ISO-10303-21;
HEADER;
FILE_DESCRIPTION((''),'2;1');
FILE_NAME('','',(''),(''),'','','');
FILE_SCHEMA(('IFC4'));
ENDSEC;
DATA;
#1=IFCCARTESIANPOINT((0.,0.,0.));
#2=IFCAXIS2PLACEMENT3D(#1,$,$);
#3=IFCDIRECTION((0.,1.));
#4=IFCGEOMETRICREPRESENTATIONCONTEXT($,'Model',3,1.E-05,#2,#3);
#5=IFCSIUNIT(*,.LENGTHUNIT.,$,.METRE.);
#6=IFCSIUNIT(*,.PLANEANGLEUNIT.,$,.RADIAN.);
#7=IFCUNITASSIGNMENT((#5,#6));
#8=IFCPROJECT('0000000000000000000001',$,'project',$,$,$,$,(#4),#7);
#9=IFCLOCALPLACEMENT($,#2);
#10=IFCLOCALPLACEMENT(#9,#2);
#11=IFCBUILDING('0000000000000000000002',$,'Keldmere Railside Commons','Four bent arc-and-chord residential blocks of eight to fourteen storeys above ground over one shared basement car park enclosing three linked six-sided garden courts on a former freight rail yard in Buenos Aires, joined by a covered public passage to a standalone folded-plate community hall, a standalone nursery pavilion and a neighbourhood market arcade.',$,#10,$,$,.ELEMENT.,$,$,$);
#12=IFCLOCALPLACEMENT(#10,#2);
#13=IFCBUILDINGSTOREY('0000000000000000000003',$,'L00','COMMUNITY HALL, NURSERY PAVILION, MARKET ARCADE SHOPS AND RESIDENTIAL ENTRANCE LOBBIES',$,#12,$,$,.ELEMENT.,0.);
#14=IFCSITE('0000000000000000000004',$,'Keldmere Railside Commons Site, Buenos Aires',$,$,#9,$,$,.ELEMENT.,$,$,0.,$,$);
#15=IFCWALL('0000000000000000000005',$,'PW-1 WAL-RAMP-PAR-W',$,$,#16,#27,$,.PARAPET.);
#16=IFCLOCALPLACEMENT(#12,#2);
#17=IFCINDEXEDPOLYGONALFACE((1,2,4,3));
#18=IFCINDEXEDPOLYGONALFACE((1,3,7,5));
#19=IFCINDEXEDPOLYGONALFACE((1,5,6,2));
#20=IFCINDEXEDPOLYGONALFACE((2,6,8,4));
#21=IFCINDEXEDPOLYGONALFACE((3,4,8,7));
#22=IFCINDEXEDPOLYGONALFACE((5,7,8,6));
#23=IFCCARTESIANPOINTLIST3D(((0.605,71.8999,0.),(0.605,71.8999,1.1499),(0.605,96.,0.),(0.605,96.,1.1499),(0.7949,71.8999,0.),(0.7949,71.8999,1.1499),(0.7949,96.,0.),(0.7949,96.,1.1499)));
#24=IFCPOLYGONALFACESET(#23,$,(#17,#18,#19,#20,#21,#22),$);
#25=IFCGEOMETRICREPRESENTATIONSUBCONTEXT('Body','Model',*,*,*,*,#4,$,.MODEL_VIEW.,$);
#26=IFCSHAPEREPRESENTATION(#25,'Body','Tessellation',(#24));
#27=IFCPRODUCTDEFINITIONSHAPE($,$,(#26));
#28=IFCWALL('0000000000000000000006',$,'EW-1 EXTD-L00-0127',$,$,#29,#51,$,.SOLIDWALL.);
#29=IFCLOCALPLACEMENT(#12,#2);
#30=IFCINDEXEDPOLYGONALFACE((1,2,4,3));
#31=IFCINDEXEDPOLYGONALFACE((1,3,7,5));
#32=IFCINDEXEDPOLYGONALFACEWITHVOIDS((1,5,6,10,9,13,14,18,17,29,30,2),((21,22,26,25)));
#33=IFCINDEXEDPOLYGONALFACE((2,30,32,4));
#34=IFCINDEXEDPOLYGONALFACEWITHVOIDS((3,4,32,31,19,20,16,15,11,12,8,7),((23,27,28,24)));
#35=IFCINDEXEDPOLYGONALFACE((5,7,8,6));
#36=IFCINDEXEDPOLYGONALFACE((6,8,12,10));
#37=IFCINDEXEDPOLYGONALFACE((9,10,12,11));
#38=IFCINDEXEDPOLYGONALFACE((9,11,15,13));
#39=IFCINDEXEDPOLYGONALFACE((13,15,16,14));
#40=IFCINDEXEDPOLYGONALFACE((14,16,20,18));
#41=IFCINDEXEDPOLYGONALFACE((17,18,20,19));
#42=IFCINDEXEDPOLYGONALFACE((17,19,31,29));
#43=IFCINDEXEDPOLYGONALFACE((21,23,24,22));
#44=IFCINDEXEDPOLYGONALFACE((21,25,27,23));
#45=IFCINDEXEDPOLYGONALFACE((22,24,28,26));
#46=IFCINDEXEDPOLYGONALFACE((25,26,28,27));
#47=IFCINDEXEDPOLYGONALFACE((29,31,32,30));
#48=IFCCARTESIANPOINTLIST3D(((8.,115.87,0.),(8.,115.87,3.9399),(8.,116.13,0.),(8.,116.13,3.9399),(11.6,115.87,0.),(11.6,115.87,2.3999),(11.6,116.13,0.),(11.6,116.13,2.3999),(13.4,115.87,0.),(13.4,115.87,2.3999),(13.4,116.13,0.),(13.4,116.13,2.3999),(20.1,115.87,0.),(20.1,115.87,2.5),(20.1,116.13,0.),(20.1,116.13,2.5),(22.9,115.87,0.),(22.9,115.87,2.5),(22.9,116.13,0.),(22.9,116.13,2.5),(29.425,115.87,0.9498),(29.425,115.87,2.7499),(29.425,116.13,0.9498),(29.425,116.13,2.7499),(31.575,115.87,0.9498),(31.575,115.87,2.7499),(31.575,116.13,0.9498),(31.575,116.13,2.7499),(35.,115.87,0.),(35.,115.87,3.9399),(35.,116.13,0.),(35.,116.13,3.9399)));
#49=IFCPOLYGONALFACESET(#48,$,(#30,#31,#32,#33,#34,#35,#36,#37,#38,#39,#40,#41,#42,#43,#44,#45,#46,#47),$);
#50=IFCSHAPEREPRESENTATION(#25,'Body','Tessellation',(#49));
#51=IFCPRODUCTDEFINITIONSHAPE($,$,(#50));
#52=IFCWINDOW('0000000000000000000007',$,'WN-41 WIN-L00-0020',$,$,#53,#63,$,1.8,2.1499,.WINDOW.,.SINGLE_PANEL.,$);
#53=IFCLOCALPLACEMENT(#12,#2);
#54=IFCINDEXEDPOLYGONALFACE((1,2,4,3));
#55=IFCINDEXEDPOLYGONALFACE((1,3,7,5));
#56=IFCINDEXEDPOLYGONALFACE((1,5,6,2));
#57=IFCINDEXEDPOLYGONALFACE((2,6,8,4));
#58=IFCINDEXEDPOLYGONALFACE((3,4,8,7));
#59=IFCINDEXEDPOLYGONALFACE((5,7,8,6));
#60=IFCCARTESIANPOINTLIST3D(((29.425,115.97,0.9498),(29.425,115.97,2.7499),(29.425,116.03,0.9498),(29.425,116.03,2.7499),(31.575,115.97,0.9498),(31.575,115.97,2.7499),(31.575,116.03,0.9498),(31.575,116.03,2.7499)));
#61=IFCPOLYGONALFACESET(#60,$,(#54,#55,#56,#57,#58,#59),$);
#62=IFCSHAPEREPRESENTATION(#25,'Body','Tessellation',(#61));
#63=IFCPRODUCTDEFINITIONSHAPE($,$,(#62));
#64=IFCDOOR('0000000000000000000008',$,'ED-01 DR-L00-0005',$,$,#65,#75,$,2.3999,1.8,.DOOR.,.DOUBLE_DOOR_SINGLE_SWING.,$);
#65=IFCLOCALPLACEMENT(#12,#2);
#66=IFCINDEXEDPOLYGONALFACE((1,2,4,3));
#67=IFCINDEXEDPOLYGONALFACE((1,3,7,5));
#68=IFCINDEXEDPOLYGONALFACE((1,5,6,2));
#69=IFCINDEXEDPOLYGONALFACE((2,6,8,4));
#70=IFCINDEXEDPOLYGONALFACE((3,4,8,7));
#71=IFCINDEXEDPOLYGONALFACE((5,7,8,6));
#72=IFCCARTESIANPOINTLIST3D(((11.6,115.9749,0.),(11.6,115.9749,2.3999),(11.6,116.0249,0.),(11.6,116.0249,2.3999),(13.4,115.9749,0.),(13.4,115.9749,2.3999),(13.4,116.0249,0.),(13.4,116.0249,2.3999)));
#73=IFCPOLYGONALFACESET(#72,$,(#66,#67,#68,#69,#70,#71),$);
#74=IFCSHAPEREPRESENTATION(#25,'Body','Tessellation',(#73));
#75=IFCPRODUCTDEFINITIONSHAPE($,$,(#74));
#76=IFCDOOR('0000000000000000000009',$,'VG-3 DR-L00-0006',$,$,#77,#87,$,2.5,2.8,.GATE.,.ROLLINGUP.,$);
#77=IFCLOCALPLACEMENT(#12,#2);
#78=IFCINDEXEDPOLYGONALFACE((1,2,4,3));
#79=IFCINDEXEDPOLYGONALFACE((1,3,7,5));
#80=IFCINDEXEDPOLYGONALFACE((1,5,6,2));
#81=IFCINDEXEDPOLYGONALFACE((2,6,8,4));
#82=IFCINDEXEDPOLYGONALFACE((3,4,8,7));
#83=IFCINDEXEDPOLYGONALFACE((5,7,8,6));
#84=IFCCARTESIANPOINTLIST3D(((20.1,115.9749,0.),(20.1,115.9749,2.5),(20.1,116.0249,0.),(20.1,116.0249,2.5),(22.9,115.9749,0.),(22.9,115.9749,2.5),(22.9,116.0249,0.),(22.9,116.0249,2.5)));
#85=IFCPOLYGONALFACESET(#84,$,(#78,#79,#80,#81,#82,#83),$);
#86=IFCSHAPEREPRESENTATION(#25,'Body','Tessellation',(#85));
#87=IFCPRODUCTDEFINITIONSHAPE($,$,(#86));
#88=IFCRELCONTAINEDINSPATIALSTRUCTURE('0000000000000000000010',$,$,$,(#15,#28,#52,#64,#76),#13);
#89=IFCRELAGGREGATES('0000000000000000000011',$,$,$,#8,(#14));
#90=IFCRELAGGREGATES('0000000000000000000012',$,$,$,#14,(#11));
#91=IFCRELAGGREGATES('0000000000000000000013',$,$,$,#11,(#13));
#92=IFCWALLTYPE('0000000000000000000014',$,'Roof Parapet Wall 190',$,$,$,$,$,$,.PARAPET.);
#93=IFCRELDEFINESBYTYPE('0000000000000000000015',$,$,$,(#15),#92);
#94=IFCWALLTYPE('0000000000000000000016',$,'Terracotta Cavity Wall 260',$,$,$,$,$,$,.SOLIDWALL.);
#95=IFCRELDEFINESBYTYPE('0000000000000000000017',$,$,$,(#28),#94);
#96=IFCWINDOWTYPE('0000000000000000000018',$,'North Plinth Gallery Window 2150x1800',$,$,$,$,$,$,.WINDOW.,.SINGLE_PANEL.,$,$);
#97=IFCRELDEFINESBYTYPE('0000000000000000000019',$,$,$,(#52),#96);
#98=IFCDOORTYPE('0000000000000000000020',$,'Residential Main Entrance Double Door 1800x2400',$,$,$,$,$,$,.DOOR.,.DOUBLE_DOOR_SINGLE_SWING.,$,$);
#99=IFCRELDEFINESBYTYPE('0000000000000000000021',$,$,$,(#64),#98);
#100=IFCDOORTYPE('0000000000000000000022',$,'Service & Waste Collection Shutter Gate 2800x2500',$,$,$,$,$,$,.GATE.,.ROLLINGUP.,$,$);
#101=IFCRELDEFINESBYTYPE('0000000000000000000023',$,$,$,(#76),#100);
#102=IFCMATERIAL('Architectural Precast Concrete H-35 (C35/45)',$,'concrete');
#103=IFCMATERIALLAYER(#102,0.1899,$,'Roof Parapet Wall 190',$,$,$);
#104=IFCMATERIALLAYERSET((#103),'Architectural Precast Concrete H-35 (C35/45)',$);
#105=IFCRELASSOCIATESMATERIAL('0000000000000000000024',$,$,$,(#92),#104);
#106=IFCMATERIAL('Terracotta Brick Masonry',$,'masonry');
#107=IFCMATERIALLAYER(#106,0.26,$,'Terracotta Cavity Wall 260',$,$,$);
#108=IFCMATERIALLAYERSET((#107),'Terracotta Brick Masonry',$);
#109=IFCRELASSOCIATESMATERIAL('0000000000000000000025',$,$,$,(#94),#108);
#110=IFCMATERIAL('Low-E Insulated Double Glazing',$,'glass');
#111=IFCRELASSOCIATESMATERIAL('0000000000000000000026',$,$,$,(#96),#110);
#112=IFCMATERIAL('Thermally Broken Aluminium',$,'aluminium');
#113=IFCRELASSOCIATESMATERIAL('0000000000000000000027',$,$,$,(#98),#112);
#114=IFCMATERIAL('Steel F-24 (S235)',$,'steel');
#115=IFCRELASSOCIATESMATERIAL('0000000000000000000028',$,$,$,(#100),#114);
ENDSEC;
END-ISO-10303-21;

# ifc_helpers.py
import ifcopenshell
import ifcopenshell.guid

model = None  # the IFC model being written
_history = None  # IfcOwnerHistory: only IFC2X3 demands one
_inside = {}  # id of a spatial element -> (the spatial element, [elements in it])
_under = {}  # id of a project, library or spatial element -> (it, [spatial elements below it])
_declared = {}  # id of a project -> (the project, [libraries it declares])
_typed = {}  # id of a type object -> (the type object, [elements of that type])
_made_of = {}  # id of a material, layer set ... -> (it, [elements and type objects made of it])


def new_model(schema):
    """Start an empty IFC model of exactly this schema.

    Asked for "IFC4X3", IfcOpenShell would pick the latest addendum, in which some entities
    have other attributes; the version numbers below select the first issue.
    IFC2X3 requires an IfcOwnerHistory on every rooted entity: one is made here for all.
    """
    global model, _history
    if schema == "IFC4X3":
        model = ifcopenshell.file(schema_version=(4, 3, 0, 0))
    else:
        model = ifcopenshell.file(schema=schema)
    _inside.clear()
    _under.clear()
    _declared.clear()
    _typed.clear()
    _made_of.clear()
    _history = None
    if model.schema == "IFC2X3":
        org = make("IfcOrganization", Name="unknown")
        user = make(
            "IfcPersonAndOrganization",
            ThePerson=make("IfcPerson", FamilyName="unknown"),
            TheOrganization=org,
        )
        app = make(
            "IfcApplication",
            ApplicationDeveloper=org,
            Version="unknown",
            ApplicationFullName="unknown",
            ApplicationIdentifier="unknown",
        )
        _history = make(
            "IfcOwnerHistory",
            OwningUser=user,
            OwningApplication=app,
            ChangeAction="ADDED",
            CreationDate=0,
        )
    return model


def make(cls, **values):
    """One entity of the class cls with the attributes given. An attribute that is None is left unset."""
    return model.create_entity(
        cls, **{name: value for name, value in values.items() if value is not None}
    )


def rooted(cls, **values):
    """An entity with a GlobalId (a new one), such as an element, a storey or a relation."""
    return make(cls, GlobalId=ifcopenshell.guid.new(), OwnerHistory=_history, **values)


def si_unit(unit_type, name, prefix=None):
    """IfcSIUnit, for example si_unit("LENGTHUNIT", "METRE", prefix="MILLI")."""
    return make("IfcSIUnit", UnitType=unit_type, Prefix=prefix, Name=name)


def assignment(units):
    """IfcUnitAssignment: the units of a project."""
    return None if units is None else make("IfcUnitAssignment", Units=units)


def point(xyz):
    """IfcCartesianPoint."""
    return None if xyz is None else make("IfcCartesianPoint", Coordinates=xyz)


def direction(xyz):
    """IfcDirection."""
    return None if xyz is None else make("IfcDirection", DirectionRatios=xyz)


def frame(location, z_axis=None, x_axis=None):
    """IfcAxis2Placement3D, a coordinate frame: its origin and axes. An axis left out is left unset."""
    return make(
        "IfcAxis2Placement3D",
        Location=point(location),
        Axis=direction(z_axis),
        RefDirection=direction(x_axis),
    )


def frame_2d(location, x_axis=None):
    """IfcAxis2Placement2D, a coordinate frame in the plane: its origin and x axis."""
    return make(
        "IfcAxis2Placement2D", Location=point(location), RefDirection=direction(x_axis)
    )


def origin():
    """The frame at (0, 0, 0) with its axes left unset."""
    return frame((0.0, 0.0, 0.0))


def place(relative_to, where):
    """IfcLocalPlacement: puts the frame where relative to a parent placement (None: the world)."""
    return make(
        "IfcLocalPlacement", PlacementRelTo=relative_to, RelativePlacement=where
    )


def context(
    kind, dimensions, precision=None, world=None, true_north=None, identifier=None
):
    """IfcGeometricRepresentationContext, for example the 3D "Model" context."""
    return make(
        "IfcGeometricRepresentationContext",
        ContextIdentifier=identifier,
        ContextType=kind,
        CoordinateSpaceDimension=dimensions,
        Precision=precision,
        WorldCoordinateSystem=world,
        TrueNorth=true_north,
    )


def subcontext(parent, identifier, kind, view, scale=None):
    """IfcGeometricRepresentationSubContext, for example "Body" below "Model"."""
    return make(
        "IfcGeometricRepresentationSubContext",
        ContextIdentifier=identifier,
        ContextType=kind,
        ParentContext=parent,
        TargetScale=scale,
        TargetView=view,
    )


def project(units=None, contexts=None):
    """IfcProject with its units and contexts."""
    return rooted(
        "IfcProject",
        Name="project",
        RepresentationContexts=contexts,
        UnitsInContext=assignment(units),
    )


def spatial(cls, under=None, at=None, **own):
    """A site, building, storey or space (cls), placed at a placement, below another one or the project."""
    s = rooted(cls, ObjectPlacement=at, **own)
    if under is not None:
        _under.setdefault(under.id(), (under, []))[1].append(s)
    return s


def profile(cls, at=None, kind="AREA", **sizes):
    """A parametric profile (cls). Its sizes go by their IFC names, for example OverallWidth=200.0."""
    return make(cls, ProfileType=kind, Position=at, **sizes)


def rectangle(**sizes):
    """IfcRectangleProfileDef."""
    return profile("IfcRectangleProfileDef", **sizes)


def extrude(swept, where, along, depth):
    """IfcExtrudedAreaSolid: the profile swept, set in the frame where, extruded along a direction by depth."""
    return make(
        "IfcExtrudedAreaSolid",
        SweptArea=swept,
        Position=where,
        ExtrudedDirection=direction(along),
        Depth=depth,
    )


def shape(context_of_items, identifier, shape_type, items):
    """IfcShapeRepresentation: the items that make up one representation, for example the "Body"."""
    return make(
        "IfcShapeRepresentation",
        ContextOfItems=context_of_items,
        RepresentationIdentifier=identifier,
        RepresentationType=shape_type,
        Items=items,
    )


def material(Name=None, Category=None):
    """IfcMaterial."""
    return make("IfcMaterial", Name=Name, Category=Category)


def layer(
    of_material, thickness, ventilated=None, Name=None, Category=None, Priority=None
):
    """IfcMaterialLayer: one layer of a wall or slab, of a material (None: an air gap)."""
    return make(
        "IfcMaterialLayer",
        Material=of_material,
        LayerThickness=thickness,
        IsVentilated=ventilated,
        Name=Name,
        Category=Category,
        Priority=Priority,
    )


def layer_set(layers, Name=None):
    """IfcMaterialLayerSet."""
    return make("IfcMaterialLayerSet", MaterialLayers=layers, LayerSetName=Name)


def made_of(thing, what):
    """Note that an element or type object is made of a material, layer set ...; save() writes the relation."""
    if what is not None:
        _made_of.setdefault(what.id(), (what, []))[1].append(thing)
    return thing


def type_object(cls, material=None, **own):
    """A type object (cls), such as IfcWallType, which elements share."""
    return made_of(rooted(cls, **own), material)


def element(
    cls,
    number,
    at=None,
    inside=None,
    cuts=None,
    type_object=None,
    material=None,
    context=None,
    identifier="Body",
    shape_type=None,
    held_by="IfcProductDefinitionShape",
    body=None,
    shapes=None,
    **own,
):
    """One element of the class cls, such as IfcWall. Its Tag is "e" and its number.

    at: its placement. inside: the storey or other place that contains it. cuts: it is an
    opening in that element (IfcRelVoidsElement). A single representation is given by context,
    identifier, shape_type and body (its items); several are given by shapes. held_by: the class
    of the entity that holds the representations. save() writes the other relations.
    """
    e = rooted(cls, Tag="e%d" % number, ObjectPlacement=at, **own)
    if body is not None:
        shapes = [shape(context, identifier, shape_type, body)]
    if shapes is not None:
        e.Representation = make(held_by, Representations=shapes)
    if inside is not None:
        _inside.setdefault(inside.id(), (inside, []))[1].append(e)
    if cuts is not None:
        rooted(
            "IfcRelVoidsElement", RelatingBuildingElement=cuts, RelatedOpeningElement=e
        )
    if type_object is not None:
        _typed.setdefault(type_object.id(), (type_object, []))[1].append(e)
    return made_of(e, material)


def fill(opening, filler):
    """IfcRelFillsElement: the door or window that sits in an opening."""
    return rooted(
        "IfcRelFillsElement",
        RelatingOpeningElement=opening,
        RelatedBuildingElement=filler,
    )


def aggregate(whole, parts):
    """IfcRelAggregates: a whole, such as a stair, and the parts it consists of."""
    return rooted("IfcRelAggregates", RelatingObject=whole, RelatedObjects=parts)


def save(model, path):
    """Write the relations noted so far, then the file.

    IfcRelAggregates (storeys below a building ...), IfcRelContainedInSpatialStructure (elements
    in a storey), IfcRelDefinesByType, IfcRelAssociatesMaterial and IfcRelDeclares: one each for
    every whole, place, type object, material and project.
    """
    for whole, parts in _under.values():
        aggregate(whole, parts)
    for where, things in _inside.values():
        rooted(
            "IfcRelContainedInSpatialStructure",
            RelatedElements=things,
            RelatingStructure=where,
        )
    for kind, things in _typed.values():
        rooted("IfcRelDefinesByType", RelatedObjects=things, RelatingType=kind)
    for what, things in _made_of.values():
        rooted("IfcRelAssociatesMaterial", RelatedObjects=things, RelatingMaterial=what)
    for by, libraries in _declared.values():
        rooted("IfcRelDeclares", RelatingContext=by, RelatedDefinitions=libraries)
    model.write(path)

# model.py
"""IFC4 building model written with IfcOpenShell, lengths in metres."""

from ifc_helpers import new_model, si_unit, direction, frame, frame_2d, origin, place, context, subcontext, project, spatial, rectangle, extrude, material, layer, layer_set, type_object, element, fill, save


model = new_model("IFC4")

# Units and contexts
model_context = context("Model", 3, precision=1e-05, world=origin(), true_north=direction((0.0, 1.0)))
body_context = subcontext(model_context, "Body", "Model", "MODEL_VIEW")
ifc_project = project(units=[si_unit("LENGTHUNIT", "METRE"), si_unit("PLANEANGLEUNIT", "RADIAN")], contexts=[model_context])

# Site, building, storey
site_placement = place(None, origin())
site = spatial("IfcSite", under=ifc_project, at=site_placement, Name="Keldmere Railside Commons Site, Buenos Aires", CompositionType="ELEMENT", RefElevation=0.0)
building_placement = place(site_placement, origin())
building = spatial("IfcBuilding", under=site, at=building_placement, Name="Keldmere Railside Commons", Description="Four bent arc-and-chord residential blocks of eight to fourteen storeys above ground over one shared basement car park enclosing three linked six-sided garden courts on a former freight rail yard in Buenos Aires, joined by a covered public passage to a standalone folded-plate community hall, a standalone nursery pavilion and a neighbourhood market arcade.", CompositionType="ELEMENT")
storey_placement = place(building_placement, origin())
storey = spatial("IfcBuildingStorey", under=building, at=storey_placement, Name="L00", Description="COMMUNITY HALL, NURSERY PAVILION, MARKET ARCADE SHOPS AND RESIDENTIAL ENTRANCE LOBBIES", CompositionType="ELEMENT", Elevation=0.0)

# Shared definitions
ifc_material_1 = material(Name="Steel F-24 (S235)", Category="steel")

# Wall
ifc_material_2 = material(Name="Architectural Precast Concrete H-35 (C35/45)", Category="concrete")
ifc_layer_1 = layer(ifc_material_2, 0.1899, Name="Roof Parapet Wall 190")
ifc_layer_set_1 = layer_set([ifc_layer_1], Name="Architectural Precast Concrete H-35 (C35/45)")
wall_type_1 = type_object("IfcWallType", Name="Roof Parapet Wall 190", PredefinedType="PARAPET", material=ifc_layer_set_1)
wall_1_placement = place(storey_placement, frame((0.7, 96.0, 0.0), z_axis=(0.0, 0.0, 1.0), x_axis=(0.0, -1.0, 0.0)))
element("IfcWall", 1, at=wall_1_placement, inside=storey, type_object=wall_type_1, Name="PW-1 WAL-RAMP-PAR-W", PredefinedType="PARAPET", context=body_context, shape_type="SweptSolid", body=[
    extrude(rectangle(XDim=24.1001, YDim=0.1899, at=frame_2d((12.05, 0.0))), origin(), (0.0, 0.0, 1.0), 1.1499),
])

# Wall, openings, window, doors
ifc_material_3 = material(Name="Terracotta Brick Masonry", Category="masonry")
ifc_layer_2 = layer(ifc_material_3, 0.26, Name="Terracotta Cavity Wall 260")
ifc_layer_set_2 = layer_set([ifc_layer_2], Name="Terracotta Brick Masonry")
wall_type_2 = type_object("IfcWallType", Name="Terracotta Cavity Wall 260", PredefinedType="SOLIDWALL", material=ifc_layer_set_2)
wall_2_placement = place(storey_placement, frame((8.0, 116.0, 0.0), z_axis=(0.0, 0.0, 1.0), x_axis=(1.0, 0.0, 0.0)))
wall_2 = element("IfcWall", 2, at=wall_2_placement, inside=storey, type_object=wall_type_2, Name="EW-1 EXTD-L00-0127", PredefinedType="SOLIDWALL", context=body_context, shape_type="SweptSolid", body=[
    extrude(rectangle(XDim=27.0, YDim=0.26, at=frame_2d((13.5, 0.0))), origin(), (0.0, 0.0, 1.0), 3.9399),
])
opening_1_placement = place(wall_2_placement, frame((3.6001, 0.0, 0.0)))
opening_1 = element("IfcOpeningElement", 3, at=opening_1_placement, cuts=wall_2, PredefinedType="OPENING", context=body_context, shape_type="SweptSolid", body=[
    extrude(rectangle(XDim=1.8, YDim=2.3999, at=frame_2d((0.8999, 1.2))), frame((0.0, 0.1399, 0.0), z_axis=(0.0, -1.0, 0.0), x_axis=(1.0, 0.0, 0.0)), (0.0, 0.0, 1.0), 0.28),
])
opening_2_placement = place(wall_2_placement, frame((12.1001, 0.0, 0.0)))
opening_2 = element("IfcOpeningElement", 4, at=opening_2_placement, cuts=wall_2, PredefinedType="OPENING", context=body_context, shape_type="SweptSolid", body=[
    extrude(rectangle(XDim=2.8, YDim=2.5, at=frame_2d((1.3999, 1.25))), frame((0.0, 0.1399, 0.0), z_axis=(0.0, -1.0, 0.0), x_axis=(1.0, 0.0, 0.0)), (0.0, 0.0, 1.0), 0.28),
])
opening_3_placement = place(wall_2_placement, frame((21.425, 0.0, 0.95)))
opening_3 = element("IfcOpeningElement", 5, at=opening_3_placement, cuts=wall_2, PredefinedType="OPENING", context=body_context, shape_type="SweptSolid", body=[
    extrude(rectangle(XDim=2.1499, YDim=1.8, at=frame_2d((1.075, 0.8999))), frame((0.0, 0.1399, 0.0), z_axis=(0.0, -1.0, 0.0), x_axis=(1.0, 0.0, 0.0)), (0.0, 0.0, 1.0), 0.28),
])
ifc_material_4 = material(Name="Low-E Insulated Double Glazing", Category="glass")
window_type = type_object("IfcWindowType", Name="North Plinth Gallery Window 2150x1800", PartitioningType="SINGLE_PANEL", PredefinedType="WINDOW", material=ifc_material_4)
window_placement = place(opening_3_placement, origin())
window = element("IfcWindow", 6, at=window_placement, inside=storey, type_object=window_type, Name="WN-41 WIN-L00-0020", OverallHeight=1.8, OverallWidth=2.1499, PartitioningType="SINGLE_PANEL", PredefinedType="WINDOW", context=body_context, shape_type="SweptSolid", body=[
    extrude(rectangle(XDim=2.1499, YDim=1.8, at=frame_2d((1.075, 0.8999))), frame((0.0, 0.03, 0.0), z_axis=(0.0, -1.0, 0.0), x_axis=(1.0, 0.0, 0.0)), (0.0, 0.0, 1.0), 0.0601),
])
fill(opening_3, window)
ifc_material_5 = material(Name="Thermally Broken Aluminium", Category="aluminium")
door_type_1 = type_object("IfcDoorType", Name="Residential Main Entrance Double Door 1800x2400", OperationType="DOUBLE_DOOR_SINGLE_SWING", PredefinedType="DOOR", material=ifc_material_5)
door_1_placement = place(opening_1_placement, origin())
door_1 = element("IfcDoor", 7, at=door_1_placement, inside=storey, type_object=door_type_1, Name="ED-01 DR-L00-0005", OperationType="DOUBLE_DOOR_SINGLE_SWING", OverallHeight=2.3999, OverallWidth=1.8, PredefinedType="DOOR", context=body_context, shape_type="SweptSolid", body=[
    extrude(rectangle(XDim=1.8, YDim=2.3999, at=frame_2d((0.8999, 1.2))), frame((0.0, 0.0249, 0.0), z_axis=(0.0, -1.0, 0.0), x_axis=(1.0, 0.0, 0.0)), (0.0, 0.0, 1.0), 0.05),
])
fill(opening_1, door_1)
door_type_2 = type_object("IfcDoorType", Name="Service & Waste Collection Shutter Gate 2800x2500", OperationType="ROLLINGUP", PredefinedType="GATE", material=ifc_material_1)
door_2_placement = place(opening_2_placement, origin())
door_2 = element("IfcDoor", 8, at=door_2_placement, inside=storey, type_object=door_type_2, Name="VG-3 DR-L00-0006", OperationType="ROLLINGUP", OverallHeight=2.5, OverallWidth=2.8, PredefinedType="GATE", context=body_context, shape_type="SweptSolid", body=[
    extrude(rectangle(XDim=2.8, YDim=2.5, at=frame_2d((1.3999, 1.25))), frame((0.0, 0.0249, 0.0), z_axis=(0.0, -1.0, 0.0), x_axis=(1.0, 0.0, 0.0)), (0.0, 0.0, 1.0), 0.05),
])
fill(opening_2, door_2)

save(model, "model.ifc")
